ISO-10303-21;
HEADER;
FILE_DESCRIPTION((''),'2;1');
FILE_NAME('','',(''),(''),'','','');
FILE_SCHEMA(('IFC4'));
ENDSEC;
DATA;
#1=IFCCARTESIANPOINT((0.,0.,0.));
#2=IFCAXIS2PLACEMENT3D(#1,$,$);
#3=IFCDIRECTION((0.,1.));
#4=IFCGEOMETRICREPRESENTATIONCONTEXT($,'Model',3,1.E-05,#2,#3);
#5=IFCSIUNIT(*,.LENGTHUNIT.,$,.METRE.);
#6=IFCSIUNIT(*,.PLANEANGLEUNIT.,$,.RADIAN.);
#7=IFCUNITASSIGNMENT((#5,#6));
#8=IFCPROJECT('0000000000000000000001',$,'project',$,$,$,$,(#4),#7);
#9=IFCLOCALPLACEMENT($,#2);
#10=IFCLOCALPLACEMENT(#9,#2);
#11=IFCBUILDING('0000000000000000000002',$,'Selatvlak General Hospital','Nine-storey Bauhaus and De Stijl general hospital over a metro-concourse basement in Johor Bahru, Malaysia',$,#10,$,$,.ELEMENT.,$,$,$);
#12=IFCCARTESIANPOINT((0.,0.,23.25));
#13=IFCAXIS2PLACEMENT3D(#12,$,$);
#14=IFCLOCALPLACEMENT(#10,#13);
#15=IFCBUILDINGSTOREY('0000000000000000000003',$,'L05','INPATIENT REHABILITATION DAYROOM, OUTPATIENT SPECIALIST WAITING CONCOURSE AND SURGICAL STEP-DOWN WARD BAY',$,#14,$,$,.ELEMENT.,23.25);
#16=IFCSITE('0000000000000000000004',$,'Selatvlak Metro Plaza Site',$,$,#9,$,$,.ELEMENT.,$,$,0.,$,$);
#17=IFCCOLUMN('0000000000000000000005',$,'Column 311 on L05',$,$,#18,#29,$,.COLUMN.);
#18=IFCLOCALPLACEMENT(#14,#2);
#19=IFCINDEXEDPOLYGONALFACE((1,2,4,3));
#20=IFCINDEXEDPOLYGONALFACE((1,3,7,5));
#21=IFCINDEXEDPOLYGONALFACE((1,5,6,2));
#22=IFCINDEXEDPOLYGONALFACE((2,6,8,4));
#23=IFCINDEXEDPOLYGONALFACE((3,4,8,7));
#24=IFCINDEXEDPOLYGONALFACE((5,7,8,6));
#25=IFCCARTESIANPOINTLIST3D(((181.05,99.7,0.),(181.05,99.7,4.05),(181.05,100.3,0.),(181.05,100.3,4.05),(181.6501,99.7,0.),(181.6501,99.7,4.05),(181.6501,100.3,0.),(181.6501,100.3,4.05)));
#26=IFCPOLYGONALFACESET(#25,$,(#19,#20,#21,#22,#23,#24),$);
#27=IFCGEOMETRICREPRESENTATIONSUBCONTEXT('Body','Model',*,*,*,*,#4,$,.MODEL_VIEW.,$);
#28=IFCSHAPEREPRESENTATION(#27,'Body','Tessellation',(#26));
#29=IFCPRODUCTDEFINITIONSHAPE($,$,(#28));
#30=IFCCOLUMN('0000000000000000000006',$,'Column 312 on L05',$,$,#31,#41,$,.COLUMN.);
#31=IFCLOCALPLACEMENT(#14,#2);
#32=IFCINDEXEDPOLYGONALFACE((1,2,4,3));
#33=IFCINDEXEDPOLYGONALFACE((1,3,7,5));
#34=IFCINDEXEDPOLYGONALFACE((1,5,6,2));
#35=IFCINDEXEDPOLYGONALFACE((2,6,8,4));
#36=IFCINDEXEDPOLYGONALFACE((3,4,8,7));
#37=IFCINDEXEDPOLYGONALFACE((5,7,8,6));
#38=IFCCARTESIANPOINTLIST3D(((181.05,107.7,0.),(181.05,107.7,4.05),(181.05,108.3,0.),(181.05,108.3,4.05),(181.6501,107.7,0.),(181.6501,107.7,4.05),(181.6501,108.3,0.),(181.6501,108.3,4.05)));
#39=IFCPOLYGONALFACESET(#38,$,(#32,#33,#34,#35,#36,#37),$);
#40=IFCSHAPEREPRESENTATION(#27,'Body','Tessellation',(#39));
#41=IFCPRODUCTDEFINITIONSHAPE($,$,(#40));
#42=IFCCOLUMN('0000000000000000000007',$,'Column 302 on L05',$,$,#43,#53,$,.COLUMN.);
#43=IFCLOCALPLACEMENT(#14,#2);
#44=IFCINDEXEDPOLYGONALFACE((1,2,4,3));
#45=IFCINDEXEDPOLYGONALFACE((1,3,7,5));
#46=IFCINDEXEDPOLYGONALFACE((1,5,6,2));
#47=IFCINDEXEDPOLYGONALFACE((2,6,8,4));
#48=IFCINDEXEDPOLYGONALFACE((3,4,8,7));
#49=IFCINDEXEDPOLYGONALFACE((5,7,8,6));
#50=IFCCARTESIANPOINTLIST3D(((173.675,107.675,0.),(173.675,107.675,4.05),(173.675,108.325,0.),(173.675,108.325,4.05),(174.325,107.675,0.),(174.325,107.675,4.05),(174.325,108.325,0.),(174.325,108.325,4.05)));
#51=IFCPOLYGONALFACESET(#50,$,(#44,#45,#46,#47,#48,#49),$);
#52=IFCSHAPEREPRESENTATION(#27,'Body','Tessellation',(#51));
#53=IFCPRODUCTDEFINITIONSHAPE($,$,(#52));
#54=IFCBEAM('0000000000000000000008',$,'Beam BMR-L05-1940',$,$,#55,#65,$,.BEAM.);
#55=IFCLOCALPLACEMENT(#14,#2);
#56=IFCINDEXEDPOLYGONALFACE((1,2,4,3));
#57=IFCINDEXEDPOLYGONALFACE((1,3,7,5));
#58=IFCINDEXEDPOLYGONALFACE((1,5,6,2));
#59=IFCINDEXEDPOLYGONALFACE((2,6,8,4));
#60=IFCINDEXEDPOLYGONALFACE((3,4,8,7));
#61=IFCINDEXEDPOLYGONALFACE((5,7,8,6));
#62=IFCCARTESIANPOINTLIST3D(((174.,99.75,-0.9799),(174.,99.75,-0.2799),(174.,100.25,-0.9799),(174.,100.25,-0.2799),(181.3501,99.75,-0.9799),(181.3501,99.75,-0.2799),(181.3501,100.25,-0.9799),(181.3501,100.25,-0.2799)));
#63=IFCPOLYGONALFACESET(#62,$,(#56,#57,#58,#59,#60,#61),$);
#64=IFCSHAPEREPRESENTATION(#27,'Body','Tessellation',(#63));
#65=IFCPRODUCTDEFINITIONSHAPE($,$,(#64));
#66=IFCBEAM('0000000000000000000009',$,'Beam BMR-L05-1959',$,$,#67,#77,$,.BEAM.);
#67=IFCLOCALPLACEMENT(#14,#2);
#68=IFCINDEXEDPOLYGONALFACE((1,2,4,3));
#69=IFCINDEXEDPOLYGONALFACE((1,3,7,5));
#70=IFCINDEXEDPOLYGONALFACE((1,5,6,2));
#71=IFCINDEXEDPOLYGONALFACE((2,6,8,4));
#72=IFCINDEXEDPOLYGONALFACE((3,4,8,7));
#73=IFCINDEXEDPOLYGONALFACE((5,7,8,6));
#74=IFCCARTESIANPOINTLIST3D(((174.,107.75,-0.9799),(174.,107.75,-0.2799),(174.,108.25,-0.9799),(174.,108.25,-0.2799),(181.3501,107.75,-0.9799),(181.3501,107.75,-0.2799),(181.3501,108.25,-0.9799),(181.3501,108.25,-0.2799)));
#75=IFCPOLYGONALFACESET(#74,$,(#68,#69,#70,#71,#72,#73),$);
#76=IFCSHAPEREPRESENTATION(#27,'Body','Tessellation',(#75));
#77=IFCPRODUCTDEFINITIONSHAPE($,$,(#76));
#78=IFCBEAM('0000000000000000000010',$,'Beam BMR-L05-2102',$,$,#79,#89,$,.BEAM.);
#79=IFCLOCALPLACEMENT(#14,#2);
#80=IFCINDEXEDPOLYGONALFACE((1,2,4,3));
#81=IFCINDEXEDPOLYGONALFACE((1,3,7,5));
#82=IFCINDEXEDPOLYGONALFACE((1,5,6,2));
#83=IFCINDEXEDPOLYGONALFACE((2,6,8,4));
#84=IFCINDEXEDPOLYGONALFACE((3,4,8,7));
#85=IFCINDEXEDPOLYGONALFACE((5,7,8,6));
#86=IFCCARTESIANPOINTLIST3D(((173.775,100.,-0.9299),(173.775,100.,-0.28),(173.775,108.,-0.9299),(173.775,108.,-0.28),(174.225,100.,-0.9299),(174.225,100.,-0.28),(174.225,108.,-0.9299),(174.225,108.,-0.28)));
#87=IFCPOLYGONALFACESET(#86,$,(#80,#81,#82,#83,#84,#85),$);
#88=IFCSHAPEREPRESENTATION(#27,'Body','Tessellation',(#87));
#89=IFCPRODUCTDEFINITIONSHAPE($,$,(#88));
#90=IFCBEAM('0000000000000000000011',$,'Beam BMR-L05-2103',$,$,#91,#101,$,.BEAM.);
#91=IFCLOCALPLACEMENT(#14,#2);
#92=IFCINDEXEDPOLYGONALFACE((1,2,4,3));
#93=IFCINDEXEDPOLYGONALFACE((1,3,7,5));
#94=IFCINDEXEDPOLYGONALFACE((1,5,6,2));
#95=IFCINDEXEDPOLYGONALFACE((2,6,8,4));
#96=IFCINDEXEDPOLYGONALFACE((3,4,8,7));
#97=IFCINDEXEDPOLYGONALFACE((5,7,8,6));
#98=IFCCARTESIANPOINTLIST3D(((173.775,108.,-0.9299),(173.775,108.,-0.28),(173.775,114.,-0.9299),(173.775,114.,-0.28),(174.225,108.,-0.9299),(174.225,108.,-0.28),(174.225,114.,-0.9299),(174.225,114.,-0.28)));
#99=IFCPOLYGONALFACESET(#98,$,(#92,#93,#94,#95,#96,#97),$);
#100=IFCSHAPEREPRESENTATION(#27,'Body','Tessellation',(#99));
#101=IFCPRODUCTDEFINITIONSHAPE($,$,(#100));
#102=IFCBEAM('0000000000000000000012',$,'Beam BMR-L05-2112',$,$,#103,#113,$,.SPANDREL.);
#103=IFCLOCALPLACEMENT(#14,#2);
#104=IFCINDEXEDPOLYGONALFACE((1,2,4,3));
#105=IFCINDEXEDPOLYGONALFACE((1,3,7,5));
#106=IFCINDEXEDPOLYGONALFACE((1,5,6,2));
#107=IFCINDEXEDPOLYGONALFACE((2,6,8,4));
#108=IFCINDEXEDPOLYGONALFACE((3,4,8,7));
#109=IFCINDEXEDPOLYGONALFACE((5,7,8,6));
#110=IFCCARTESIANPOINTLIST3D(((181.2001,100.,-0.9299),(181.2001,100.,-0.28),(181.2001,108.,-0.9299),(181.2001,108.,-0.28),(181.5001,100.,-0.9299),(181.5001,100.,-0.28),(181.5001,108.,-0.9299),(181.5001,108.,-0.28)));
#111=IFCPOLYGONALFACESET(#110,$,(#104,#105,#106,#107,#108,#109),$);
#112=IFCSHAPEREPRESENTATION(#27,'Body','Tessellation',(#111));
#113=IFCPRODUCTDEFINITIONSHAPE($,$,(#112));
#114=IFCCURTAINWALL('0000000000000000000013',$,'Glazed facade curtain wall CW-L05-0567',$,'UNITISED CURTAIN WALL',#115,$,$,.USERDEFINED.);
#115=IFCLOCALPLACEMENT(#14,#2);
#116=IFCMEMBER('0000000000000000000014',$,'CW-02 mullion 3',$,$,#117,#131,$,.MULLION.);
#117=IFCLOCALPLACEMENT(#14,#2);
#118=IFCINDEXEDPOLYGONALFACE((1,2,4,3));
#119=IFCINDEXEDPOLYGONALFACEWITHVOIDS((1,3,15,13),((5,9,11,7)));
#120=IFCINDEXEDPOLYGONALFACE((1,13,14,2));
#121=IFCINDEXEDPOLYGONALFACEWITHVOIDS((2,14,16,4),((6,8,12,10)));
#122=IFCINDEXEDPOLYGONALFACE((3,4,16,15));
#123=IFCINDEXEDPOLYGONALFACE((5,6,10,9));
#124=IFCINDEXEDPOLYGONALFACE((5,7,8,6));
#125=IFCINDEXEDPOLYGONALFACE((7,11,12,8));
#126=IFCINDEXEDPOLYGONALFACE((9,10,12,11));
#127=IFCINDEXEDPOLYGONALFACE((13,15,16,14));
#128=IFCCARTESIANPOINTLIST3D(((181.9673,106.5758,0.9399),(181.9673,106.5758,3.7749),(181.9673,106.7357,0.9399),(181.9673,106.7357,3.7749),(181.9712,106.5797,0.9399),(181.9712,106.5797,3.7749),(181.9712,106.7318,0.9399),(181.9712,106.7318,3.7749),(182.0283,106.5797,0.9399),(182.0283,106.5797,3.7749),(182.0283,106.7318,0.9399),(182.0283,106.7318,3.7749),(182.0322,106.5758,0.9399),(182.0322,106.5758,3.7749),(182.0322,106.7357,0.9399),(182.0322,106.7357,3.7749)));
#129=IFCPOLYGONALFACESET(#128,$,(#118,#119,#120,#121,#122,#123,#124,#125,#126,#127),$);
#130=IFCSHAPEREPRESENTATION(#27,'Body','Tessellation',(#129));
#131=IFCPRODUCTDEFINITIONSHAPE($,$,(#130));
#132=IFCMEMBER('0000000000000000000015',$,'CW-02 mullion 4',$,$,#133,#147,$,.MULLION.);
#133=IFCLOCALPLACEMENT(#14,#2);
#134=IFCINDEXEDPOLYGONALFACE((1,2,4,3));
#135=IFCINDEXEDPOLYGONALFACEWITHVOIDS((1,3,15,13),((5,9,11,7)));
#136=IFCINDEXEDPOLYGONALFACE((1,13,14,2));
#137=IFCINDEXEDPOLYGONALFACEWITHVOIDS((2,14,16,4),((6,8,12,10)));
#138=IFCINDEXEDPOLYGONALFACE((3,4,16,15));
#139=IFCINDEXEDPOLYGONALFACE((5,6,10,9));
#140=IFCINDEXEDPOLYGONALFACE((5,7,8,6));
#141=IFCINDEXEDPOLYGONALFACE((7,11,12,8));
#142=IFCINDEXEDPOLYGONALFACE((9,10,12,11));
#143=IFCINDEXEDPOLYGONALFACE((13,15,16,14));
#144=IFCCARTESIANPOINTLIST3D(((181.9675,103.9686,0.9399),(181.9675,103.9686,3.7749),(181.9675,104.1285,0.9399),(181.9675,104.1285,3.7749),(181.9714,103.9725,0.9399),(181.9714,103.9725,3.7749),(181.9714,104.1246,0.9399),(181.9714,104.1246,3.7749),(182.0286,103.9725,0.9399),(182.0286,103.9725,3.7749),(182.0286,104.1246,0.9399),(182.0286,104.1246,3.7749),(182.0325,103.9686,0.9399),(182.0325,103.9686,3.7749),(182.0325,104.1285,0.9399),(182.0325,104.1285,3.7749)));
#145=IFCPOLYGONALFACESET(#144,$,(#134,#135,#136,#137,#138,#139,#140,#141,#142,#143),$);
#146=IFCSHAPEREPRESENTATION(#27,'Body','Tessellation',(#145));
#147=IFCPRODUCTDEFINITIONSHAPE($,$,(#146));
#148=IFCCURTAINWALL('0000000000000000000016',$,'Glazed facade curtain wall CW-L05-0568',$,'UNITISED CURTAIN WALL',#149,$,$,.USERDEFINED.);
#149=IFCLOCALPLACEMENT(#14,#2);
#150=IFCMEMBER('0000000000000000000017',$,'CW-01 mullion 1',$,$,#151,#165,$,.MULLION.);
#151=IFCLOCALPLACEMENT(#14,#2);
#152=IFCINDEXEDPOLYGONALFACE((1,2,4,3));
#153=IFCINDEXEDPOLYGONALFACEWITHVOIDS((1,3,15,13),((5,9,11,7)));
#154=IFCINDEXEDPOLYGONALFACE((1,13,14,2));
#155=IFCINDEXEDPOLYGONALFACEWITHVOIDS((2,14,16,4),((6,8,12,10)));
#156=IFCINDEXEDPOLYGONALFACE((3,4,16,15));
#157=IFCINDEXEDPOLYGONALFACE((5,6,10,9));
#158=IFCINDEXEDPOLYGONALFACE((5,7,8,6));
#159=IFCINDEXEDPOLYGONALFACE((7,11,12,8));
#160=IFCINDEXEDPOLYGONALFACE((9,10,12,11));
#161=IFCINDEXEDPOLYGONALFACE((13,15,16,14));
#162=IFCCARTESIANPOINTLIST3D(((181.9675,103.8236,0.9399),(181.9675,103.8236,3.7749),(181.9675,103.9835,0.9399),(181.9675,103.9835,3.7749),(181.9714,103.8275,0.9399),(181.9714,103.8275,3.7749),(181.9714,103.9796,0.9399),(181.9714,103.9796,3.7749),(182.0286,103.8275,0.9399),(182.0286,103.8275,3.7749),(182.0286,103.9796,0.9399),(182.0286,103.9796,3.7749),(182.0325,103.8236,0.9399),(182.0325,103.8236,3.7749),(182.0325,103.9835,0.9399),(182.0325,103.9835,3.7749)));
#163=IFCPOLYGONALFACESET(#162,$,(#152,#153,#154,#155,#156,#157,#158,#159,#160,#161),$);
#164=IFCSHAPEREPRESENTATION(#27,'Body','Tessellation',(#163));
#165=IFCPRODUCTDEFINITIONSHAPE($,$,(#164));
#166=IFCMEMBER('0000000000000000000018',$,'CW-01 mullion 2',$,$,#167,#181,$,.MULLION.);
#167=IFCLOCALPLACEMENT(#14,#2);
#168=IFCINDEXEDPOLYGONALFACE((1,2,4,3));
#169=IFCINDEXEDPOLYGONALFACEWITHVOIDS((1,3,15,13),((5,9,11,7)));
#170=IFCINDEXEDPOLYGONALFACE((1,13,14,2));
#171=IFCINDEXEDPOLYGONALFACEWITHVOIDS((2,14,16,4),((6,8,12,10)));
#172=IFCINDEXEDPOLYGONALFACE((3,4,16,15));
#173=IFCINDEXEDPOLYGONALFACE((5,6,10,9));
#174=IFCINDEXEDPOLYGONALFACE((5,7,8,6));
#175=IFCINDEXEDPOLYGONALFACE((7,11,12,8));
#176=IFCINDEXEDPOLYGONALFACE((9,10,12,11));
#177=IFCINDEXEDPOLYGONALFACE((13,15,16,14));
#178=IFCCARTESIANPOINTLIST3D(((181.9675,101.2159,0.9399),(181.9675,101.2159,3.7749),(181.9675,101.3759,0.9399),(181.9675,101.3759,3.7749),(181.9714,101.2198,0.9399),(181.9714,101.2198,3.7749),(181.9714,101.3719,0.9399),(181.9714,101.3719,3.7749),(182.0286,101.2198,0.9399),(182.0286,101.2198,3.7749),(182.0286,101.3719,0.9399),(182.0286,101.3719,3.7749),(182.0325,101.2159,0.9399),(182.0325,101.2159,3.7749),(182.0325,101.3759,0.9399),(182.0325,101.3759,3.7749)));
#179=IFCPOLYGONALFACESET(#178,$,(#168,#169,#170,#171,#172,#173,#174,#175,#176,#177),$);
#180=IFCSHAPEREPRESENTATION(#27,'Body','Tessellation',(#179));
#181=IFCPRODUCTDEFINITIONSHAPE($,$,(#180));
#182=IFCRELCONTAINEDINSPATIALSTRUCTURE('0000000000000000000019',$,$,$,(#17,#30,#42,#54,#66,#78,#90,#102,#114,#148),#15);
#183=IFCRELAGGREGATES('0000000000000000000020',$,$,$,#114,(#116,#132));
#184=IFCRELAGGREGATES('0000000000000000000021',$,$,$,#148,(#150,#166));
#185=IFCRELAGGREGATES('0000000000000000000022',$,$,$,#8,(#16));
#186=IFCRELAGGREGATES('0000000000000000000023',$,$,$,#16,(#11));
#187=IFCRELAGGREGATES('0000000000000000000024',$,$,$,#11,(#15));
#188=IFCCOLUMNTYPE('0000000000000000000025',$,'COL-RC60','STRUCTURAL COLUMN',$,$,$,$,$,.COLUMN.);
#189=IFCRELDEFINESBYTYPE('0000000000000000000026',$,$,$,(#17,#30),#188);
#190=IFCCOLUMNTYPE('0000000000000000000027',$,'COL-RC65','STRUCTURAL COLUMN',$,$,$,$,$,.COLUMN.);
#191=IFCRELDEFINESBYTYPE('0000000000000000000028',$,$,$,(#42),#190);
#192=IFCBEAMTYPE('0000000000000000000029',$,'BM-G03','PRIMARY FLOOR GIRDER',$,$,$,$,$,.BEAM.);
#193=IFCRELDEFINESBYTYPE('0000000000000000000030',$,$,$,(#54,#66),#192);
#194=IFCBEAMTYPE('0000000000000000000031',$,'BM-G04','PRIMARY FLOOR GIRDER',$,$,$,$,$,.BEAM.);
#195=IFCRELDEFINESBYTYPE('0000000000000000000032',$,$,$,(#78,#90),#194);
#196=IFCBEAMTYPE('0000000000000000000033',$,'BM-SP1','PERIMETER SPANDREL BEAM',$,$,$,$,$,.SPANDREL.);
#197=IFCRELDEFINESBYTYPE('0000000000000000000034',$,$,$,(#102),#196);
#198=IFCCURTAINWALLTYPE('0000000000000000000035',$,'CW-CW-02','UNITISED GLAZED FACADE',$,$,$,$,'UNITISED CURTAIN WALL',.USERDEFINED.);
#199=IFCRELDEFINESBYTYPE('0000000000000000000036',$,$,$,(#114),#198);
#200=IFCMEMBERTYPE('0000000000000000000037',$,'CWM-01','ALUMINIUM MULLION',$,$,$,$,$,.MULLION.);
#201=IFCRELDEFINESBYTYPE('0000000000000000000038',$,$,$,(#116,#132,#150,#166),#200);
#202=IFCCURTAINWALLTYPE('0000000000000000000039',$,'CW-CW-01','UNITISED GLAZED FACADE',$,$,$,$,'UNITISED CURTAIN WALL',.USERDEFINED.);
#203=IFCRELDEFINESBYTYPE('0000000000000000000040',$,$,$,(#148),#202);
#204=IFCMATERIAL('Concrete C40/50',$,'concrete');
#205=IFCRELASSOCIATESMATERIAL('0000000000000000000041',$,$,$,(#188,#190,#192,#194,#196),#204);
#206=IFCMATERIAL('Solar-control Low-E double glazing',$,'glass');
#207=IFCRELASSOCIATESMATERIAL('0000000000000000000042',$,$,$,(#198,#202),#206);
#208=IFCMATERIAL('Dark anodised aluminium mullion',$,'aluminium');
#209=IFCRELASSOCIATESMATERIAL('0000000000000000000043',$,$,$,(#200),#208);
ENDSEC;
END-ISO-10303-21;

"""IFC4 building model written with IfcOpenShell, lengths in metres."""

from ifc_helpers import new_model, si_unit, direction, frame, origin, origin_2d, place, context, subcontext, project, spatial, rectangle, hollow_rectangle, extrude, material, material_profile, profile_set, type_object, element, aggregate, save


model = new_model("IFC4")

# Units and contexts
model_context = context("Model", 3, precision=1e-05, world=origin(), true_north=direction((0.0, 1.0)))
body_context = subcontext(model_context, "Body", "Model", "MODEL_VIEW")
ifc_project = project(units=[si_unit("LENGTHUNIT", "METRE"), si_unit("PLANEANGLEUNIT", "RADIAN")], contexts=[model_context])

# Site, building, storey
site_placement = place(None, origin())
site = spatial("IfcSite", under=ifc_project, at=site_placement, Name="Selatvlak Metro Plaza Site", CompositionType="ELEMENT", RefElevation=0.0)
building_placement = place(site_placement, origin())
building = spatial("IfcBuilding", under=site, at=building_placement, Name="Selatvlak General Hospital", Description="Nine-storey Bauhaus and De Stijl general hospital over a metro-concourse basement in Johor Bahru, Malaysia", CompositionType="ELEMENT")
storey_placement = place(building_placement, frame((0.0, 0.0, 23.25)))
storey = spatial("IfcBuildingStorey", under=building, at=storey_placement, Name="L05", Description="INPATIENT REHABILITATION DAYROOM, OUTPATIENT SPECIALIST WAITING CONCOURSE AND SURGICAL STEP-DOWN WARD BAY", CompositionType="ELEMENT", Elevation=23.25)

# Columns
ifc_material_1 = material(Name="Concrete C40/50", Category="concrete")
ifc_material_profile_1 = material_profile(ifc_material_1, rectangle(XDim=0.6001, YDim=0.6001, at=origin_2d()), Name="RC-COL 600x600")
ifc_profile_set_1 = profile_set([ifc_material_profile_1], Name="Concrete C40/50")
column_type_1 = type_object("IfcColumnType", Name="COL-RC60", Description="STRUCTURAL COLUMN", PredefinedType="COLUMN", material=ifc_profile_set_1)
for number, where, z_axis, x_axis, name in (
    (1, (181.3501, 100.0, 0.0), (0.0, 0.0, 1.0), (1.0, 0.0, 0.0), "Column 311 on L05"),
    (2, (181.3501, 108.0, 0.0), (0.0, 0.0, 1.0), (1.0, 0.0, 0.0), "Column 312 on L05"),
):
    element("IfcColumn", number, at=place(storey_placement, frame(where, z_axis=z_axis, x_axis=x_axis)), inside=storey, type_object=column_type_1, Name=name, PredefinedType="COLUMN", context=body_context, shape_type="SweptSolid", body=[
        extrude(rectangle(XDim=0.6001, YDim=0.6001, at=origin_2d()), origin(), (0.0, 0.0, 1.0), 4.05),
    ])
ifc_material_profile_2 = material_profile(ifc_material_1, rectangle(XDim=0.6499, YDim=0.6499, at=origin_2d()), Name="RC-COL 650x650")
ifc_profile_set_2 = profile_set([ifc_material_profile_2], Name="Concrete C40/50")
column_type_2 = type_object("IfcColumnType", Name="COL-RC65", Description="STRUCTURAL COLUMN", PredefinedType="COLUMN", material=ifc_profile_set_2)
column_placement = place(storey_placement, frame((174.0, 108.0, 0.0), z_axis=(0.0, 0.0, 1.0), x_axis=(1.0, 0.0, 0.0)))
element("IfcColumn", 3, at=column_placement, inside=storey, type_object=column_type_2, Name="Column 302 on L05", PredefinedType="COLUMN", context=body_context, shape_type="SweptSolid", body=[
    extrude(rectangle(XDim=0.6499, YDim=0.6499, at=origin_2d()), origin(), (0.0, 0.0, 1.0), 4.05),
])

# Beams
ifc_material_profile_3 = material_profile(ifc_material_1, rectangle(XDim=0.5, YDim=0.7, at=origin_2d()), Name="RC-BM 500x700")
ifc_profile_set_3 = profile_set([ifc_material_profile_3], Name="Concrete C40/50")
beam_type_1 = type_object("IfcBeamType", Name="BM-G03", Description="PRIMARY FLOOR GIRDER", PredefinedType="BEAM", material=ifc_profile_set_3)
for number, where, z_axis, x_axis, name in (
    (4, (174.0, 100.0, -0.6299), (1.0, 0.0, 0.0), (0.0, 1.0, 0.0), "Beam BMR-L05-1940"),
    (5, (174.0, 108.0, -0.6299), (1.0, 0.0, 0.0), (0.0, 1.0, 0.0), "Beam BMR-L05-1959"),
):
    element("IfcBeam", number, at=place(storey_placement, frame(where, z_axis=z_axis, x_axis=x_axis)), inside=storey, type_object=beam_type_1, Name=name, PredefinedType="BEAM", context=body_context, shape_type="SweptSolid", body=[
        extrude(rectangle(XDim=0.5, YDim=0.7, at=origin_2d()), origin(), (0.0, 0.0, 1.0), 7.3501),
    ])
ifc_material_profile_4 = material_profile(ifc_material_1, rectangle(XDim=0.45, YDim=0.6499, at=origin_2d()), Name="RC-BM 450x650")
ifc_profile_set_4 = profile_set([ifc_material_profile_4], Name="Concrete C40/50")
beam_type_2 = type_object("IfcBeamType", Name="BM-G04", Description="PRIMARY FLOOR GIRDER", PredefinedType="BEAM", material=ifc_profile_set_4)
beam_1_placement = place(storey_placement, frame((174.0, 100.0, -0.605), z_axis=(0.0, 1.0, 0.0), x_axis=(-1.0, 0.0, 0.0)))
element("IfcBeam", 6, at=beam_1_placement, inside=storey, type_object=beam_type_2, Name="Beam BMR-L05-2102", PredefinedType="BEAM", context=body_context, shape_type="SweptSolid", body=[
    extrude(rectangle(XDim=0.45, YDim=0.6499, at=origin_2d()), origin(), (0.0, 0.0, 1.0), 8.0),
])
beam_2_placement = place(storey_placement, frame((174.0, 108.0, -0.605), z_axis=(0.0, 1.0, 0.0), x_axis=(-1.0, 0.0, 0.0)))
element("IfcBeam", 7, at=beam_2_placement, inside=storey, type_object=beam_type_2, Name="Beam BMR-L05-2103", PredefinedType="BEAM", context=body_context, shape_type="SweptSolid", body=[
    extrude(rectangle(XDim=0.45, YDim=0.6499, at=origin_2d()), origin(), (0.0, 0.0, 1.0), 6.0),
])
ifc_material_profile_5 = material_profile(ifc_material_1, rectangle(XDim=0.3, YDim=0.6499, at=origin_2d()), Name="RC-SP 300x650")
ifc_profile_set_5 = profile_set([ifc_material_profile_5], Name="Concrete C40/50")
beam_type_3 = type_object("IfcBeamType", Name="BM-SP1", Description="PERIMETER SPANDREL BEAM", PredefinedType="SPANDREL", material=ifc_profile_set_5)
beam_3_placement = place(storey_placement, frame((181.3501, 100.0, -0.605), z_axis=(0.0, 1.0, 0.0), x_axis=(-1.0, 0.0, 0.0)))
element("IfcBeam", 8, at=beam_3_placement, inside=storey, type_object=beam_type_3, Name="Beam BMR-L05-2112", PredefinedType="SPANDREL", context=body_context, shape_type="SweptSolid", body=[
    extrude(rectangle(XDim=0.3, YDim=0.6499, at=origin_2d()), origin(), (0.0, 0.0, 1.0), 8.0),
])

# Curtain walls, members
ifc_material_2 = material(Name="Solar-control Low-E double glazing", Category="glass")
curtain_wall_type_1 = type_object("IfcCurtainWallType", Name="CW-CW-02", Description="UNITISED GLAZED FACADE", ElementType="UNITISED CURTAIN WALL", PredefinedType="USERDEFINED", material=ifc_material_2)
curtain_wall_1_placement = place(storey_placement, origin())
curtain_wall_1 = element("IfcCurtainWall", 9, at=curtain_wall_1_placement, inside=storey, type_object=curtain_wall_type_1, Name="Glazed facade curtain wall CW-L05-0567", ObjectType="UNITISED CURTAIN WALL", PredefinedType="USERDEFINED")
ifc_material_3 = material(Name="Dark anodised aluminium mullion", Category="aluminium")
ifc_material_profile_6 = material_profile(ifc_material_3, hollow_rectangle(XDim=0.0649, YDim=0.1599, WallThickness=0.0039, at=origin_2d()), Name="AL-MUL 65x160x4")
ifc_profile_set_6 = profile_set([ifc_material_profile_6], Name="Dark anodised aluminium mullion")
member_type_1 = type_object("IfcMemberType", Name="CWM-01", Description="ALUMINIUM MULLION", PredefinedType="MULLION", material=ifc_profile_set_6)
member_1_placement = place(storey_placement, frame((181.9998, 106.6558, 0.9399), z_axis=(0.0, 0.0, 1.0), x_axis=(1.0, 0.000126, 0.0)))
member_1 = element("IfcMember", 10, at=member_1_placement, type_object=member_type_1, Name="CW-02 mullion 3", PredefinedType="MULLION", context=body_context, shape_type="SweptSolid", body=[
    extrude(hollow_rectangle(XDim=0.0649, YDim=0.1599, WallThickness=0.0039, at=origin_2d()), origin(), (0.0, 0.0, 1.0), 2.835),
])
member_2_placement = place(storey_placement, frame((182.0, 104.0486, 0.9399), z_axis=(0.0, 0.0, 1.0), x_axis=(1.0, 0.000126, 0.0)))
member_2 = element("IfcMember", 11, at=member_2_placement, type_object=member_type_1, Name="CW-02 mullion 4", PredefinedType="MULLION", context=body_context, shape_type="SweptSolid", body=[
    extrude(hollow_rectangle(XDim=0.0649, YDim=0.1599, WallThickness=0.0039, at=origin_2d()), origin(), (0.0, 0.0, 1.0), 2.835),
])
curtain_wall_type_2 = type_object("IfcCurtainWallType", Name="CW-CW-01", Description="UNITISED GLAZED FACADE", ElementType="UNITISED CURTAIN WALL", PredefinedType="USERDEFINED", material=ifc_material_2)
curtain_wall_2_placement = place(storey_placement, origin())
curtain_wall_2 = element("IfcCurtainWall", 12, at=curtain_wall_2_placement, inside=storey, type_object=curtain_wall_type_2, Name="Glazed facade curtain wall CW-L05-0568", ObjectType="UNITISED CURTAIN WALL", PredefinedType="USERDEFINED")
member_3_placement = place(storey_placement, frame((182.0, 103.9036, 0.9399), z_axis=(0.0, 0.0, 1.0), x_axis=(1.0, 0.0, 0.0)))
member_3 = element("IfcMember", 13, at=member_3_placement, type_object=member_type_1, Name="CW-01 mullion 1", PredefinedType="MULLION", context=body_context, shape_type="SweptSolid", body=[
    extrude(hollow_rectangle(XDim=0.0649, YDim=0.1599, WallThickness=0.0039, at=origin_2d()), origin(), (0.0, 0.0, 1.0), 2.835),
])
member_4_placement = place(storey_placement, frame((182.0, 101.2959, 0.9399), z_axis=(0.0, 0.0, 1.0), x_axis=(1.0, 0.0, 0.0)))
member_4 = element("IfcMember", 14, at=member_4_placement, type_object=member_type_1, Name="CW-01 mullion 2", PredefinedType="MULLION", context=body_context, shape_type="SweptSolid", body=[
    extrude(hollow_rectangle(XDim=0.0649, YDim=0.1599, WallThickness=0.0039, at=origin_2d()), origin(), (0.0, 0.0, 1.0), 2.835),
])

aggregate(curtain_wall_1, [member_1, member_2])
aggregate(curtain_wall_2, [member_3, member_4])

save(model, "model.ifc")
